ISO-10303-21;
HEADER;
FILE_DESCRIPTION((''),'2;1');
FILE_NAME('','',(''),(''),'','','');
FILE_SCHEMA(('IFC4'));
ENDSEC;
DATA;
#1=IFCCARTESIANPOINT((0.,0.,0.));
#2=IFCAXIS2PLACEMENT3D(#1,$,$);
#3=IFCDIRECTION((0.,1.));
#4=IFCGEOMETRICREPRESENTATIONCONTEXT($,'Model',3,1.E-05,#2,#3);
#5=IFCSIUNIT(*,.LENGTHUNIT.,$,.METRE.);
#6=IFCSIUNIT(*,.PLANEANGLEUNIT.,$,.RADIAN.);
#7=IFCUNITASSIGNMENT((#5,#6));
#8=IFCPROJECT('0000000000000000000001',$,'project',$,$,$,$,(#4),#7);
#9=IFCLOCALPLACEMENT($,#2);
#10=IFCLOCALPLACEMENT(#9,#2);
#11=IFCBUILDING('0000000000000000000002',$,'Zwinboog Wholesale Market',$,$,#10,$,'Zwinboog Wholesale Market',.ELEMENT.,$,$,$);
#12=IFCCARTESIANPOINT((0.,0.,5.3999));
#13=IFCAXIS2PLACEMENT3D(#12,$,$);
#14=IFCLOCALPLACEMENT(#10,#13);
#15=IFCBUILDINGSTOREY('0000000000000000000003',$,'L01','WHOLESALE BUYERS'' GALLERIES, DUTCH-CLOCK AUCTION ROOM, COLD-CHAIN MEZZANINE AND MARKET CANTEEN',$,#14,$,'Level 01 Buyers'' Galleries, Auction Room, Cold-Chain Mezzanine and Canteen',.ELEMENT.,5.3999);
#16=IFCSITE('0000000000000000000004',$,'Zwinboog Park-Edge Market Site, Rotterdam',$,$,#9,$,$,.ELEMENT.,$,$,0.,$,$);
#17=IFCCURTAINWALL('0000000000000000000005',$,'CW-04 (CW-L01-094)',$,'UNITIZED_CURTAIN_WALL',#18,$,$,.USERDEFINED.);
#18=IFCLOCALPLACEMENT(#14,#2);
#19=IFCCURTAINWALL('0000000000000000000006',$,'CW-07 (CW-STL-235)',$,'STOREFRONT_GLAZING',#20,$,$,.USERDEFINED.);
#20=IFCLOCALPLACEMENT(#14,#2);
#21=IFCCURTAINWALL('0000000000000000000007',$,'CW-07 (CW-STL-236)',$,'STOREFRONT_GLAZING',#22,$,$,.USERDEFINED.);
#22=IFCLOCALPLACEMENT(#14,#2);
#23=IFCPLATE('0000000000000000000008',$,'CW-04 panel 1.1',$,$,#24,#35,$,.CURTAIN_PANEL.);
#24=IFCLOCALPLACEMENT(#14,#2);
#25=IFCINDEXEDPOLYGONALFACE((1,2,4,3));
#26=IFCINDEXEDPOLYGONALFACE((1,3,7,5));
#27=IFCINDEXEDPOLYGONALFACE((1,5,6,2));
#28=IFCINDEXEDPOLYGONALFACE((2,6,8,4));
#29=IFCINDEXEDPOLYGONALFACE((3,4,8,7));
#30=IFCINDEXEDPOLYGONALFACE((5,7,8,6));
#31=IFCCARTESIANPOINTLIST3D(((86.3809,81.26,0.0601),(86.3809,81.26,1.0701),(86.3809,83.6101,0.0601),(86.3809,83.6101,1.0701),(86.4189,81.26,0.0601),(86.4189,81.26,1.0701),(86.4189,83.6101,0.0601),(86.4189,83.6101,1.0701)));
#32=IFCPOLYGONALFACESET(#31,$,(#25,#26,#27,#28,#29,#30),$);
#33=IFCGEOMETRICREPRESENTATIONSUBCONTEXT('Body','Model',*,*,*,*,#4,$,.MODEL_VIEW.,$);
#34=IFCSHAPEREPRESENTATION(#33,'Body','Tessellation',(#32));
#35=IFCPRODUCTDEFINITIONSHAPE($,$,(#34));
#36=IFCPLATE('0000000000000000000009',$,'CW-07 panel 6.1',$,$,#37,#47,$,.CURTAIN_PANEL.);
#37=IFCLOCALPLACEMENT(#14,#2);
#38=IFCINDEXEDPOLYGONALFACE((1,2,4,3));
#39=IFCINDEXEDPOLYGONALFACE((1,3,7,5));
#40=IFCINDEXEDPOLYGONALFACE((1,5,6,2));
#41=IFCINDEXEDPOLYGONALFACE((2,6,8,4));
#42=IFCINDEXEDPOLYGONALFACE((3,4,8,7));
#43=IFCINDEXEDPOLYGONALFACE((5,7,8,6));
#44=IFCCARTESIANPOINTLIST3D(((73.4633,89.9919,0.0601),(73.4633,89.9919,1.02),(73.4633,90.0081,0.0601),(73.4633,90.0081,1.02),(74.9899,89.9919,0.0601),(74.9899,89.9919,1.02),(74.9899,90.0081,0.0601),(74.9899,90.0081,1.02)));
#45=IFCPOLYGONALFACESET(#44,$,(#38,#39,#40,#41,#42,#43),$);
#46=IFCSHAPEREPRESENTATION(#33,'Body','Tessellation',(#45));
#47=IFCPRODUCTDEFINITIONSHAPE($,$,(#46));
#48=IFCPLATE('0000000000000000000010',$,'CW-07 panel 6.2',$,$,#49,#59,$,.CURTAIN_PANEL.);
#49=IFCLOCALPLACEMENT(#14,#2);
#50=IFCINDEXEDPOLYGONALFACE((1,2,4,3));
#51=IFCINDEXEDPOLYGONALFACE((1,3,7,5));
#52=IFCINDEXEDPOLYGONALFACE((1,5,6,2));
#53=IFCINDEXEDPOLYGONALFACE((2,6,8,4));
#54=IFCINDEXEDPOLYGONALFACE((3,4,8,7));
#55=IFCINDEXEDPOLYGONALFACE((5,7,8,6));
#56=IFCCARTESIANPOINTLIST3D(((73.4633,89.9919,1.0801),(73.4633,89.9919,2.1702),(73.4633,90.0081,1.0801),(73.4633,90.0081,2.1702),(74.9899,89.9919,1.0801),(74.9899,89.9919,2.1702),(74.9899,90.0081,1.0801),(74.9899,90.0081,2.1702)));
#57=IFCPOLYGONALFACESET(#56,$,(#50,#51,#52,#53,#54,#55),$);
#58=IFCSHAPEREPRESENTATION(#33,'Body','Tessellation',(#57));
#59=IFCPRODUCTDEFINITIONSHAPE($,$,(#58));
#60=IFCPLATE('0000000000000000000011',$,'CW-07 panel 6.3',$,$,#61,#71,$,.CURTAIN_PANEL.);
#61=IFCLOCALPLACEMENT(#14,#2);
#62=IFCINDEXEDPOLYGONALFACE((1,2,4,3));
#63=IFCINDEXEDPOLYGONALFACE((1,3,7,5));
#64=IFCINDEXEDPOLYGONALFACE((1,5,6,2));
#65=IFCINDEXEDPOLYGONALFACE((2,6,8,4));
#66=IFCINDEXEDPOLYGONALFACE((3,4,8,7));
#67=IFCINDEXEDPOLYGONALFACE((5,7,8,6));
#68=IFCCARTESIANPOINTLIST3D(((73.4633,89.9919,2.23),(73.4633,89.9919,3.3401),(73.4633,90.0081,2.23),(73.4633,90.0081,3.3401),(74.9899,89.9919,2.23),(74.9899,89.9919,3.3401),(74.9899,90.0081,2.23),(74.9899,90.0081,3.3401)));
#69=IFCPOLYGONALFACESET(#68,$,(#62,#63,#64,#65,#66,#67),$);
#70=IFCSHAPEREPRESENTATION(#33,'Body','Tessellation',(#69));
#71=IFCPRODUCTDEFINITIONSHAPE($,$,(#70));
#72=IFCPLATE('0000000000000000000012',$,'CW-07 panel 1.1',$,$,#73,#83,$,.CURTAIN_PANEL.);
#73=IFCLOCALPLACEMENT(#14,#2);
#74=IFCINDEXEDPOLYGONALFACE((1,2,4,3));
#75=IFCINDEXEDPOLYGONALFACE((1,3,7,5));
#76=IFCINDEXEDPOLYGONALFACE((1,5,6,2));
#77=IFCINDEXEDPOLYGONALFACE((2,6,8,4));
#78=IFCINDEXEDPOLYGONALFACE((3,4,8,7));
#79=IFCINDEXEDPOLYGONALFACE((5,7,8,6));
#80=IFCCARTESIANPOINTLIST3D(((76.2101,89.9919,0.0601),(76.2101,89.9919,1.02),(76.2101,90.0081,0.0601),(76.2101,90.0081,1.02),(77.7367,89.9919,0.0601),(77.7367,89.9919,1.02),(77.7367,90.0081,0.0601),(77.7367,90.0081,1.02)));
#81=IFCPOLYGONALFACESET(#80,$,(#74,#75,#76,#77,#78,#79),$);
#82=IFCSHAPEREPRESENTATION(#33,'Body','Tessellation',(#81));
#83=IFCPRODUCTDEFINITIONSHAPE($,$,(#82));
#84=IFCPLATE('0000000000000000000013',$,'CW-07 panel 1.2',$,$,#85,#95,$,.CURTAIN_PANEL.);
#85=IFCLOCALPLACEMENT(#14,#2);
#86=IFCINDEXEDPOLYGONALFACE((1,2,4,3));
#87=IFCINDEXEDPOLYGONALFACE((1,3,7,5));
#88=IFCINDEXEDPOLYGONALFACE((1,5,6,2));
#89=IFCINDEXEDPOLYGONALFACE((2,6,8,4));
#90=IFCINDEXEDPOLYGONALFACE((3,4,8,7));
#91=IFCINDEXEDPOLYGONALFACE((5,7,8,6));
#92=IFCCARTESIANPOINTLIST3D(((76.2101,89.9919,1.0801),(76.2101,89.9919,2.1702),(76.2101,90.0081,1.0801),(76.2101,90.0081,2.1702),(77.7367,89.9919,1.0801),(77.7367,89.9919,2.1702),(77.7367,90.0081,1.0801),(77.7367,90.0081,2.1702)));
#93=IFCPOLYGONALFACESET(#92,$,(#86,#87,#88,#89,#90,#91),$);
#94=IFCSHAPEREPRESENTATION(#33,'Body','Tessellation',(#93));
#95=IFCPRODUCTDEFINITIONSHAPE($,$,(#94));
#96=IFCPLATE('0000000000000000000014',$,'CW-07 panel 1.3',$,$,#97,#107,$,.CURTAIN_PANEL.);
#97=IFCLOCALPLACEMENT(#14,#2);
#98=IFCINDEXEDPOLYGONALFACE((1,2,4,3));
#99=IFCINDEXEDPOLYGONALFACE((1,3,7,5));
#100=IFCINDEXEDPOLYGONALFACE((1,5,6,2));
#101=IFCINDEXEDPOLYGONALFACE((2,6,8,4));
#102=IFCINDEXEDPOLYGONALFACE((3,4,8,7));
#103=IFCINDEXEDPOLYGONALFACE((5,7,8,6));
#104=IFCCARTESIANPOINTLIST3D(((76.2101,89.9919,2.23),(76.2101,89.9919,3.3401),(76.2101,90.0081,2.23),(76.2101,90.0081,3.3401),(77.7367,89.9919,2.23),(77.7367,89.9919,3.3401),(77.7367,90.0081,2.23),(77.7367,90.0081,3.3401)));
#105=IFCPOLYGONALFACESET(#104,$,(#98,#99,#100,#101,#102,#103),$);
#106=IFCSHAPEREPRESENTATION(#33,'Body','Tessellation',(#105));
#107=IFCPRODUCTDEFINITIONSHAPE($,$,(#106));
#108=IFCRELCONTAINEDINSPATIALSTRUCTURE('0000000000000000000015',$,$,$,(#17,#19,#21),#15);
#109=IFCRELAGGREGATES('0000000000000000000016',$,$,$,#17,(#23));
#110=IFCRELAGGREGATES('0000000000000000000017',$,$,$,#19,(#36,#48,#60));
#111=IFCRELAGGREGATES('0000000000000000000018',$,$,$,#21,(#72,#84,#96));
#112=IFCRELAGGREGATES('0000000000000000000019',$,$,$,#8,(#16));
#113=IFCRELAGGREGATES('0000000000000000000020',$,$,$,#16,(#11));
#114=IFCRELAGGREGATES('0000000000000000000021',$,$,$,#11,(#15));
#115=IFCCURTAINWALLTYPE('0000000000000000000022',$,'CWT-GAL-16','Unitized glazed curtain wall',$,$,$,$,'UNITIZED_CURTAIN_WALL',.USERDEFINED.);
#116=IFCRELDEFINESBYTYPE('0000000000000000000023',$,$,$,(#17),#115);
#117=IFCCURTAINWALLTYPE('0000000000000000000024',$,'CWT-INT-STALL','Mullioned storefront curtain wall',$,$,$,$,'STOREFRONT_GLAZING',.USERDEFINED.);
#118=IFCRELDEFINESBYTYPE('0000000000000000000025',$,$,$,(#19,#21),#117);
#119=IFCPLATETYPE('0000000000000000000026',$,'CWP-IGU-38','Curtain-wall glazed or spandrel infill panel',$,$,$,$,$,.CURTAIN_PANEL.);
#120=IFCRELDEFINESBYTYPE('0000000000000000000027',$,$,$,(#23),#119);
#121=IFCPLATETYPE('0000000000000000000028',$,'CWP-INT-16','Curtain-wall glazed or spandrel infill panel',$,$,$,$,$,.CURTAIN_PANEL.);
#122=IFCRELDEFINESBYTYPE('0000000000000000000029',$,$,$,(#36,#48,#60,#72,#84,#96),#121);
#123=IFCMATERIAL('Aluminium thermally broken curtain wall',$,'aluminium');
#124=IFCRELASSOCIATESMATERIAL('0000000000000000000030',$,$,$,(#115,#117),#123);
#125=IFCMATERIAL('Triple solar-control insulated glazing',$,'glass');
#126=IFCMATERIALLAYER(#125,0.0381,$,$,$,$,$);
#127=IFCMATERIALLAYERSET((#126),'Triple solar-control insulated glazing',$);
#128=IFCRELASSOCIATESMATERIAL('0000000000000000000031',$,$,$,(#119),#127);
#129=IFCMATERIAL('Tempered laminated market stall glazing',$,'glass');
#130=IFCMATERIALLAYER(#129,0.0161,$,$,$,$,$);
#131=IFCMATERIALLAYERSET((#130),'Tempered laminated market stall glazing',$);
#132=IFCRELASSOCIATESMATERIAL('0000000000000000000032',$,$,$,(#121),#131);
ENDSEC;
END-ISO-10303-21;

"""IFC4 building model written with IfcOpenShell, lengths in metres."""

from ifc_helpers import new_model, si_unit, direction, frame, origin, origin_2d, place, context, subcontext, project, spatial, rectangle, extrude, material, layer, layer_set, type_object, element, aggregate, save


model = new_model("IFC4")

# Units and contexts
model_context = context("Model", 3, precision=1e-05, world=origin(), true_north=direction((0.0, 1.0)))
body_context = subcontext(model_context, "Body", "Model", "MODEL_VIEW")
ifc_project = project(units=[si_unit("LENGTHUNIT", "METRE"), si_unit("PLANEANGLEUNIT", "RADIAN")], contexts=[model_context])

# Site, building, storey
site_placement = place(None, origin())
site = spatial("IfcSite", under=ifc_project, at=site_placement, Name="Zwinboog Park-Edge Market Site, Rotterdam", CompositionType="ELEMENT", RefElevation=0.0)
building_placement = place(site_placement, origin())
building = spatial("IfcBuilding", under=site, at=building_placement, Name="Zwinboog Wholesale Market", LongName="Zwinboog Wholesale Market", CompositionType="ELEMENT")
storey_placement = place(building_placement, frame((0.0, 0.0, 5.3999)))
storey = spatial("IfcBuildingStorey", under=building, at=storey_placement, Name="L01", Description="WHOLESALE BUYERS' GALLERIES, DUTCH-CLOCK AUCTION ROOM, COLD-CHAIN MEZZANINE AND MARKET CANTEEN", LongName="Level 01 Buyers' Galleries, Auction Room, Cold-Chain Mezzanine and Canteen", CompositionType="ELEMENT", Elevation=5.3999)

# Curtain walls
ifc_material_1 = material(Name="Aluminium thermally broken curtain wall", Category="aluminium")
curtain_wall_type_1 = type_object("IfcCurtainWallType", Name="CWT-GAL-16", Description="Unitized glazed curtain wall", ElementType="UNITIZED_CURTAIN_WALL", PredefinedType="USERDEFINED", material=ifc_material_1)
curtain_wall_1_placement = place(storey_placement, origin())
curtain_wall_1 = element("IfcCurtainWall", 1, at=curtain_wall_1_placement, inside=storey, type_object=curtain_wall_type_1, Name="CW-04 (CW-L01-094)", ObjectType="UNITIZED_CURTAIN_WALL", PredefinedType="USERDEFINED")
curtain_wall_type_2 = type_object("IfcCurtainWallType", Name="CWT-INT-STALL", Description="Mullioned storefront curtain wall", ElementType="STOREFRONT_GLAZING", PredefinedType="USERDEFINED", material=ifc_material_1)
curtain_wall_2_placement = place(storey_placement, origin())
curtain_wall_2 = element("IfcCurtainWall", 2, at=curtain_wall_2_placement, inside=storey, type_object=curtain_wall_type_2, Name="CW-07 (CW-STL-235)", ObjectType="STOREFRONT_GLAZING", PredefinedType="USERDEFINED")
curtain_wall_3_placement = place(storey_placement, origin())
curtain_wall_3 = element("IfcCurtainWall", 3, at=curtain_wall_3_placement, inside=storey, type_object=curtain_wall_type_2, Name="CW-07 (CW-STL-236)", ObjectType="STOREFRONT_GLAZING", PredefinedType="USERDEFINED")

# Plates
ifc_material_2 = material(Name="Triple solar-control insulated glazing", Category="glass")
ifc_layer_1 = layer(ifc_material_2, 0.0381)
ifc_layer_set_1 = layer_set([ifc_layer_1], Name="Triple solar-control insulated glazing")
plate_type_1 = type_object("IfcPlateType", Name="CWP-IGU-38", Description="Curtain-wall glazed or spandrel infill panel", PredefinedType="CURTAIN_PANEL", material=ifc_layer_set_1)
plate_1_placement = place(storey_placement, frame((86.3999, 82.4351, 0.0601), z_axis=(0.0, 0.0, 1.0), x_axis=(0.0, 1.0, 0.0)))
plate_1 = element("IfcPlate", 4, at=plate_1_placement, type_object=plate_type_1, Name="CW-04 panel 1.1", PredefinedType="CURTAIN_PANEL", context=body_context, shape_type="SweptSolid", body=[
    extrude(rectangle(XDim=2.3501, YDim=0.0381, at=origin_2d()), origin(), (0.0, 0.0, 1.0), 1.01),
])
aggregate(curtain_wall_1, [plate_1])
ifc_material_3 = material(Name="Tempered laminated market stall glazing", Category="glass")
ifc_layer_2 = layer(ifc_material_3, 0.0161)
ifc_layer_set_2 = layer_set([ifc_layer_2], Name="Tempered laminated market stall glazing")
plate_type_2 = type_object("IfcPlateType", Name="CWP-INT-16", Description="Curtain-wall glazed or spandrel infill panel", PredefinedType="CURTAIN_PANEL", material=ifc_layer_set_2)
plate_2_placement = place(storey_placement, frame((74.2266, 90.0, 0.0601), z_axis=(0.0, 0.0, 1.0), x_axis=(1.0, 0.0, 0.0)))
plate_2 = element("IfcPlate", 5, at=plate_2_placement, type_object=plate_type_2, Name="CW-07 panel 6.1", PredefinedType="CURTAIN_PANEL", context=body_context, shape_type="SweptSolid", body=[
    extrude(rectangle(XDim=1.5266, YDim=0.0161, at=origin_2d()), origin(), (0.0, 0.0, 1.0), 0.96),
])
plate_3_placement = place(storey_placement, frame((74.2266, 90.0, 1.0801), z_axis=(0.0, 0.0, 1.0), x_axis=(1.0, 0.0, 0.0)))
plate_3 = element("IfcPlate", 6, at=plate_3_placement, type_object=plate_type_2, Name="CW-07 panel 6.2", PredefinedType="CURTAIN_PANEL", context=body_context, shape_type="SweptSolid", body=[
    extrude(rectangle(XDim=1.5266, YDim=0.0161, at=origin_2d()), origin(), (0.0, 0.0, 1.0), 1.0901),
])
plate_4_placement = place(storey_placement, frame((74.2266, 90.0, 2.23), z_axis=(0.0, 0.0, 1.0), x_axis=(1.0, 0.0, 0.0)))
plate_4 = element("IfcPlate", 7, at=plate_4_placement, type_object=plate_type_2, Name="CW-07 panel 6.3", PredefinedType="CURTAIN_PANEL", context=body_context, shape_type="SweptSolid", body=[
    extrude(rectangle(XDim=1.5266, YDim=0.0161, at=origin_2d()), origin(), (0.0, 0.0, 1.0), 1.1101),
])
aggregate(curtain_wall_2, [plate_2, plate_3, plate_4])
plate_5_placement = place(storey_placement, frame((76.9734, 90.0, 0.0601), z_axis=(0.0, 0.0, 1.0), x_axis=(1.0, 0.0, 0.0)))
plate_5 = element("IfcPlate", 8, at=plate_5_placement, type_object=plate_type_2, Name="CW-07 panel 1.1", PredefinedType="CURTAIN_PANEL", context=body_context, shape_type="SweptSolid", body=[
    extrude(rectangle(XDim=1.5266, YDim=0.0161, at=origin_2d()), origin(), (0.0, 0.0, 1.0), 0.96),
])
plate_6_placement = place(storey_placement, frame((76.9734, 90.0, 1.0801), z_axis=(0.0, 0.0, 1.0), x_axis=(1.0, 0.0, 0.0)))
plate_6 = element("IfcPlate", 9, at=plate_6_placement, type_object=plate_type_2, Name="CW-07 panel 1.2", PredefinedType="CURTAIN_PANEL", context=body_context, shape_type="SweptSolid", body=[
    extrude(rectangle(XDim=1.5266, YDim=0.0161, at=origin_2d()), origin(), (0.0, 0.0, 1.0), 1.0901),
])
plate_7_placement = place(storey_placement, frame((76.9734, 90.0, 2.23), z_axis=(0.0, 0.0, 1.0), x_axis=(1.0, 0.0, 0.0)))
plate_7 = element("IfcPlate", 10, at=plate_7_placement, type_object=plate_type_2, Name="CW-07 panel 1.3", PredefinedType="CURTAIN_PANEL", context=body_context, shape_type="SweptSolid", body=[
    extrude(rectangle(XDim=1.5266, YDim=0.0161, at=origin_2d()), origin(), (0.0, 0.0, 1.0), 1.1101),
])
aggregate(curtain_wall_3, [plate_5, plate_6, plate_7])

save(model, "model.ifc")
